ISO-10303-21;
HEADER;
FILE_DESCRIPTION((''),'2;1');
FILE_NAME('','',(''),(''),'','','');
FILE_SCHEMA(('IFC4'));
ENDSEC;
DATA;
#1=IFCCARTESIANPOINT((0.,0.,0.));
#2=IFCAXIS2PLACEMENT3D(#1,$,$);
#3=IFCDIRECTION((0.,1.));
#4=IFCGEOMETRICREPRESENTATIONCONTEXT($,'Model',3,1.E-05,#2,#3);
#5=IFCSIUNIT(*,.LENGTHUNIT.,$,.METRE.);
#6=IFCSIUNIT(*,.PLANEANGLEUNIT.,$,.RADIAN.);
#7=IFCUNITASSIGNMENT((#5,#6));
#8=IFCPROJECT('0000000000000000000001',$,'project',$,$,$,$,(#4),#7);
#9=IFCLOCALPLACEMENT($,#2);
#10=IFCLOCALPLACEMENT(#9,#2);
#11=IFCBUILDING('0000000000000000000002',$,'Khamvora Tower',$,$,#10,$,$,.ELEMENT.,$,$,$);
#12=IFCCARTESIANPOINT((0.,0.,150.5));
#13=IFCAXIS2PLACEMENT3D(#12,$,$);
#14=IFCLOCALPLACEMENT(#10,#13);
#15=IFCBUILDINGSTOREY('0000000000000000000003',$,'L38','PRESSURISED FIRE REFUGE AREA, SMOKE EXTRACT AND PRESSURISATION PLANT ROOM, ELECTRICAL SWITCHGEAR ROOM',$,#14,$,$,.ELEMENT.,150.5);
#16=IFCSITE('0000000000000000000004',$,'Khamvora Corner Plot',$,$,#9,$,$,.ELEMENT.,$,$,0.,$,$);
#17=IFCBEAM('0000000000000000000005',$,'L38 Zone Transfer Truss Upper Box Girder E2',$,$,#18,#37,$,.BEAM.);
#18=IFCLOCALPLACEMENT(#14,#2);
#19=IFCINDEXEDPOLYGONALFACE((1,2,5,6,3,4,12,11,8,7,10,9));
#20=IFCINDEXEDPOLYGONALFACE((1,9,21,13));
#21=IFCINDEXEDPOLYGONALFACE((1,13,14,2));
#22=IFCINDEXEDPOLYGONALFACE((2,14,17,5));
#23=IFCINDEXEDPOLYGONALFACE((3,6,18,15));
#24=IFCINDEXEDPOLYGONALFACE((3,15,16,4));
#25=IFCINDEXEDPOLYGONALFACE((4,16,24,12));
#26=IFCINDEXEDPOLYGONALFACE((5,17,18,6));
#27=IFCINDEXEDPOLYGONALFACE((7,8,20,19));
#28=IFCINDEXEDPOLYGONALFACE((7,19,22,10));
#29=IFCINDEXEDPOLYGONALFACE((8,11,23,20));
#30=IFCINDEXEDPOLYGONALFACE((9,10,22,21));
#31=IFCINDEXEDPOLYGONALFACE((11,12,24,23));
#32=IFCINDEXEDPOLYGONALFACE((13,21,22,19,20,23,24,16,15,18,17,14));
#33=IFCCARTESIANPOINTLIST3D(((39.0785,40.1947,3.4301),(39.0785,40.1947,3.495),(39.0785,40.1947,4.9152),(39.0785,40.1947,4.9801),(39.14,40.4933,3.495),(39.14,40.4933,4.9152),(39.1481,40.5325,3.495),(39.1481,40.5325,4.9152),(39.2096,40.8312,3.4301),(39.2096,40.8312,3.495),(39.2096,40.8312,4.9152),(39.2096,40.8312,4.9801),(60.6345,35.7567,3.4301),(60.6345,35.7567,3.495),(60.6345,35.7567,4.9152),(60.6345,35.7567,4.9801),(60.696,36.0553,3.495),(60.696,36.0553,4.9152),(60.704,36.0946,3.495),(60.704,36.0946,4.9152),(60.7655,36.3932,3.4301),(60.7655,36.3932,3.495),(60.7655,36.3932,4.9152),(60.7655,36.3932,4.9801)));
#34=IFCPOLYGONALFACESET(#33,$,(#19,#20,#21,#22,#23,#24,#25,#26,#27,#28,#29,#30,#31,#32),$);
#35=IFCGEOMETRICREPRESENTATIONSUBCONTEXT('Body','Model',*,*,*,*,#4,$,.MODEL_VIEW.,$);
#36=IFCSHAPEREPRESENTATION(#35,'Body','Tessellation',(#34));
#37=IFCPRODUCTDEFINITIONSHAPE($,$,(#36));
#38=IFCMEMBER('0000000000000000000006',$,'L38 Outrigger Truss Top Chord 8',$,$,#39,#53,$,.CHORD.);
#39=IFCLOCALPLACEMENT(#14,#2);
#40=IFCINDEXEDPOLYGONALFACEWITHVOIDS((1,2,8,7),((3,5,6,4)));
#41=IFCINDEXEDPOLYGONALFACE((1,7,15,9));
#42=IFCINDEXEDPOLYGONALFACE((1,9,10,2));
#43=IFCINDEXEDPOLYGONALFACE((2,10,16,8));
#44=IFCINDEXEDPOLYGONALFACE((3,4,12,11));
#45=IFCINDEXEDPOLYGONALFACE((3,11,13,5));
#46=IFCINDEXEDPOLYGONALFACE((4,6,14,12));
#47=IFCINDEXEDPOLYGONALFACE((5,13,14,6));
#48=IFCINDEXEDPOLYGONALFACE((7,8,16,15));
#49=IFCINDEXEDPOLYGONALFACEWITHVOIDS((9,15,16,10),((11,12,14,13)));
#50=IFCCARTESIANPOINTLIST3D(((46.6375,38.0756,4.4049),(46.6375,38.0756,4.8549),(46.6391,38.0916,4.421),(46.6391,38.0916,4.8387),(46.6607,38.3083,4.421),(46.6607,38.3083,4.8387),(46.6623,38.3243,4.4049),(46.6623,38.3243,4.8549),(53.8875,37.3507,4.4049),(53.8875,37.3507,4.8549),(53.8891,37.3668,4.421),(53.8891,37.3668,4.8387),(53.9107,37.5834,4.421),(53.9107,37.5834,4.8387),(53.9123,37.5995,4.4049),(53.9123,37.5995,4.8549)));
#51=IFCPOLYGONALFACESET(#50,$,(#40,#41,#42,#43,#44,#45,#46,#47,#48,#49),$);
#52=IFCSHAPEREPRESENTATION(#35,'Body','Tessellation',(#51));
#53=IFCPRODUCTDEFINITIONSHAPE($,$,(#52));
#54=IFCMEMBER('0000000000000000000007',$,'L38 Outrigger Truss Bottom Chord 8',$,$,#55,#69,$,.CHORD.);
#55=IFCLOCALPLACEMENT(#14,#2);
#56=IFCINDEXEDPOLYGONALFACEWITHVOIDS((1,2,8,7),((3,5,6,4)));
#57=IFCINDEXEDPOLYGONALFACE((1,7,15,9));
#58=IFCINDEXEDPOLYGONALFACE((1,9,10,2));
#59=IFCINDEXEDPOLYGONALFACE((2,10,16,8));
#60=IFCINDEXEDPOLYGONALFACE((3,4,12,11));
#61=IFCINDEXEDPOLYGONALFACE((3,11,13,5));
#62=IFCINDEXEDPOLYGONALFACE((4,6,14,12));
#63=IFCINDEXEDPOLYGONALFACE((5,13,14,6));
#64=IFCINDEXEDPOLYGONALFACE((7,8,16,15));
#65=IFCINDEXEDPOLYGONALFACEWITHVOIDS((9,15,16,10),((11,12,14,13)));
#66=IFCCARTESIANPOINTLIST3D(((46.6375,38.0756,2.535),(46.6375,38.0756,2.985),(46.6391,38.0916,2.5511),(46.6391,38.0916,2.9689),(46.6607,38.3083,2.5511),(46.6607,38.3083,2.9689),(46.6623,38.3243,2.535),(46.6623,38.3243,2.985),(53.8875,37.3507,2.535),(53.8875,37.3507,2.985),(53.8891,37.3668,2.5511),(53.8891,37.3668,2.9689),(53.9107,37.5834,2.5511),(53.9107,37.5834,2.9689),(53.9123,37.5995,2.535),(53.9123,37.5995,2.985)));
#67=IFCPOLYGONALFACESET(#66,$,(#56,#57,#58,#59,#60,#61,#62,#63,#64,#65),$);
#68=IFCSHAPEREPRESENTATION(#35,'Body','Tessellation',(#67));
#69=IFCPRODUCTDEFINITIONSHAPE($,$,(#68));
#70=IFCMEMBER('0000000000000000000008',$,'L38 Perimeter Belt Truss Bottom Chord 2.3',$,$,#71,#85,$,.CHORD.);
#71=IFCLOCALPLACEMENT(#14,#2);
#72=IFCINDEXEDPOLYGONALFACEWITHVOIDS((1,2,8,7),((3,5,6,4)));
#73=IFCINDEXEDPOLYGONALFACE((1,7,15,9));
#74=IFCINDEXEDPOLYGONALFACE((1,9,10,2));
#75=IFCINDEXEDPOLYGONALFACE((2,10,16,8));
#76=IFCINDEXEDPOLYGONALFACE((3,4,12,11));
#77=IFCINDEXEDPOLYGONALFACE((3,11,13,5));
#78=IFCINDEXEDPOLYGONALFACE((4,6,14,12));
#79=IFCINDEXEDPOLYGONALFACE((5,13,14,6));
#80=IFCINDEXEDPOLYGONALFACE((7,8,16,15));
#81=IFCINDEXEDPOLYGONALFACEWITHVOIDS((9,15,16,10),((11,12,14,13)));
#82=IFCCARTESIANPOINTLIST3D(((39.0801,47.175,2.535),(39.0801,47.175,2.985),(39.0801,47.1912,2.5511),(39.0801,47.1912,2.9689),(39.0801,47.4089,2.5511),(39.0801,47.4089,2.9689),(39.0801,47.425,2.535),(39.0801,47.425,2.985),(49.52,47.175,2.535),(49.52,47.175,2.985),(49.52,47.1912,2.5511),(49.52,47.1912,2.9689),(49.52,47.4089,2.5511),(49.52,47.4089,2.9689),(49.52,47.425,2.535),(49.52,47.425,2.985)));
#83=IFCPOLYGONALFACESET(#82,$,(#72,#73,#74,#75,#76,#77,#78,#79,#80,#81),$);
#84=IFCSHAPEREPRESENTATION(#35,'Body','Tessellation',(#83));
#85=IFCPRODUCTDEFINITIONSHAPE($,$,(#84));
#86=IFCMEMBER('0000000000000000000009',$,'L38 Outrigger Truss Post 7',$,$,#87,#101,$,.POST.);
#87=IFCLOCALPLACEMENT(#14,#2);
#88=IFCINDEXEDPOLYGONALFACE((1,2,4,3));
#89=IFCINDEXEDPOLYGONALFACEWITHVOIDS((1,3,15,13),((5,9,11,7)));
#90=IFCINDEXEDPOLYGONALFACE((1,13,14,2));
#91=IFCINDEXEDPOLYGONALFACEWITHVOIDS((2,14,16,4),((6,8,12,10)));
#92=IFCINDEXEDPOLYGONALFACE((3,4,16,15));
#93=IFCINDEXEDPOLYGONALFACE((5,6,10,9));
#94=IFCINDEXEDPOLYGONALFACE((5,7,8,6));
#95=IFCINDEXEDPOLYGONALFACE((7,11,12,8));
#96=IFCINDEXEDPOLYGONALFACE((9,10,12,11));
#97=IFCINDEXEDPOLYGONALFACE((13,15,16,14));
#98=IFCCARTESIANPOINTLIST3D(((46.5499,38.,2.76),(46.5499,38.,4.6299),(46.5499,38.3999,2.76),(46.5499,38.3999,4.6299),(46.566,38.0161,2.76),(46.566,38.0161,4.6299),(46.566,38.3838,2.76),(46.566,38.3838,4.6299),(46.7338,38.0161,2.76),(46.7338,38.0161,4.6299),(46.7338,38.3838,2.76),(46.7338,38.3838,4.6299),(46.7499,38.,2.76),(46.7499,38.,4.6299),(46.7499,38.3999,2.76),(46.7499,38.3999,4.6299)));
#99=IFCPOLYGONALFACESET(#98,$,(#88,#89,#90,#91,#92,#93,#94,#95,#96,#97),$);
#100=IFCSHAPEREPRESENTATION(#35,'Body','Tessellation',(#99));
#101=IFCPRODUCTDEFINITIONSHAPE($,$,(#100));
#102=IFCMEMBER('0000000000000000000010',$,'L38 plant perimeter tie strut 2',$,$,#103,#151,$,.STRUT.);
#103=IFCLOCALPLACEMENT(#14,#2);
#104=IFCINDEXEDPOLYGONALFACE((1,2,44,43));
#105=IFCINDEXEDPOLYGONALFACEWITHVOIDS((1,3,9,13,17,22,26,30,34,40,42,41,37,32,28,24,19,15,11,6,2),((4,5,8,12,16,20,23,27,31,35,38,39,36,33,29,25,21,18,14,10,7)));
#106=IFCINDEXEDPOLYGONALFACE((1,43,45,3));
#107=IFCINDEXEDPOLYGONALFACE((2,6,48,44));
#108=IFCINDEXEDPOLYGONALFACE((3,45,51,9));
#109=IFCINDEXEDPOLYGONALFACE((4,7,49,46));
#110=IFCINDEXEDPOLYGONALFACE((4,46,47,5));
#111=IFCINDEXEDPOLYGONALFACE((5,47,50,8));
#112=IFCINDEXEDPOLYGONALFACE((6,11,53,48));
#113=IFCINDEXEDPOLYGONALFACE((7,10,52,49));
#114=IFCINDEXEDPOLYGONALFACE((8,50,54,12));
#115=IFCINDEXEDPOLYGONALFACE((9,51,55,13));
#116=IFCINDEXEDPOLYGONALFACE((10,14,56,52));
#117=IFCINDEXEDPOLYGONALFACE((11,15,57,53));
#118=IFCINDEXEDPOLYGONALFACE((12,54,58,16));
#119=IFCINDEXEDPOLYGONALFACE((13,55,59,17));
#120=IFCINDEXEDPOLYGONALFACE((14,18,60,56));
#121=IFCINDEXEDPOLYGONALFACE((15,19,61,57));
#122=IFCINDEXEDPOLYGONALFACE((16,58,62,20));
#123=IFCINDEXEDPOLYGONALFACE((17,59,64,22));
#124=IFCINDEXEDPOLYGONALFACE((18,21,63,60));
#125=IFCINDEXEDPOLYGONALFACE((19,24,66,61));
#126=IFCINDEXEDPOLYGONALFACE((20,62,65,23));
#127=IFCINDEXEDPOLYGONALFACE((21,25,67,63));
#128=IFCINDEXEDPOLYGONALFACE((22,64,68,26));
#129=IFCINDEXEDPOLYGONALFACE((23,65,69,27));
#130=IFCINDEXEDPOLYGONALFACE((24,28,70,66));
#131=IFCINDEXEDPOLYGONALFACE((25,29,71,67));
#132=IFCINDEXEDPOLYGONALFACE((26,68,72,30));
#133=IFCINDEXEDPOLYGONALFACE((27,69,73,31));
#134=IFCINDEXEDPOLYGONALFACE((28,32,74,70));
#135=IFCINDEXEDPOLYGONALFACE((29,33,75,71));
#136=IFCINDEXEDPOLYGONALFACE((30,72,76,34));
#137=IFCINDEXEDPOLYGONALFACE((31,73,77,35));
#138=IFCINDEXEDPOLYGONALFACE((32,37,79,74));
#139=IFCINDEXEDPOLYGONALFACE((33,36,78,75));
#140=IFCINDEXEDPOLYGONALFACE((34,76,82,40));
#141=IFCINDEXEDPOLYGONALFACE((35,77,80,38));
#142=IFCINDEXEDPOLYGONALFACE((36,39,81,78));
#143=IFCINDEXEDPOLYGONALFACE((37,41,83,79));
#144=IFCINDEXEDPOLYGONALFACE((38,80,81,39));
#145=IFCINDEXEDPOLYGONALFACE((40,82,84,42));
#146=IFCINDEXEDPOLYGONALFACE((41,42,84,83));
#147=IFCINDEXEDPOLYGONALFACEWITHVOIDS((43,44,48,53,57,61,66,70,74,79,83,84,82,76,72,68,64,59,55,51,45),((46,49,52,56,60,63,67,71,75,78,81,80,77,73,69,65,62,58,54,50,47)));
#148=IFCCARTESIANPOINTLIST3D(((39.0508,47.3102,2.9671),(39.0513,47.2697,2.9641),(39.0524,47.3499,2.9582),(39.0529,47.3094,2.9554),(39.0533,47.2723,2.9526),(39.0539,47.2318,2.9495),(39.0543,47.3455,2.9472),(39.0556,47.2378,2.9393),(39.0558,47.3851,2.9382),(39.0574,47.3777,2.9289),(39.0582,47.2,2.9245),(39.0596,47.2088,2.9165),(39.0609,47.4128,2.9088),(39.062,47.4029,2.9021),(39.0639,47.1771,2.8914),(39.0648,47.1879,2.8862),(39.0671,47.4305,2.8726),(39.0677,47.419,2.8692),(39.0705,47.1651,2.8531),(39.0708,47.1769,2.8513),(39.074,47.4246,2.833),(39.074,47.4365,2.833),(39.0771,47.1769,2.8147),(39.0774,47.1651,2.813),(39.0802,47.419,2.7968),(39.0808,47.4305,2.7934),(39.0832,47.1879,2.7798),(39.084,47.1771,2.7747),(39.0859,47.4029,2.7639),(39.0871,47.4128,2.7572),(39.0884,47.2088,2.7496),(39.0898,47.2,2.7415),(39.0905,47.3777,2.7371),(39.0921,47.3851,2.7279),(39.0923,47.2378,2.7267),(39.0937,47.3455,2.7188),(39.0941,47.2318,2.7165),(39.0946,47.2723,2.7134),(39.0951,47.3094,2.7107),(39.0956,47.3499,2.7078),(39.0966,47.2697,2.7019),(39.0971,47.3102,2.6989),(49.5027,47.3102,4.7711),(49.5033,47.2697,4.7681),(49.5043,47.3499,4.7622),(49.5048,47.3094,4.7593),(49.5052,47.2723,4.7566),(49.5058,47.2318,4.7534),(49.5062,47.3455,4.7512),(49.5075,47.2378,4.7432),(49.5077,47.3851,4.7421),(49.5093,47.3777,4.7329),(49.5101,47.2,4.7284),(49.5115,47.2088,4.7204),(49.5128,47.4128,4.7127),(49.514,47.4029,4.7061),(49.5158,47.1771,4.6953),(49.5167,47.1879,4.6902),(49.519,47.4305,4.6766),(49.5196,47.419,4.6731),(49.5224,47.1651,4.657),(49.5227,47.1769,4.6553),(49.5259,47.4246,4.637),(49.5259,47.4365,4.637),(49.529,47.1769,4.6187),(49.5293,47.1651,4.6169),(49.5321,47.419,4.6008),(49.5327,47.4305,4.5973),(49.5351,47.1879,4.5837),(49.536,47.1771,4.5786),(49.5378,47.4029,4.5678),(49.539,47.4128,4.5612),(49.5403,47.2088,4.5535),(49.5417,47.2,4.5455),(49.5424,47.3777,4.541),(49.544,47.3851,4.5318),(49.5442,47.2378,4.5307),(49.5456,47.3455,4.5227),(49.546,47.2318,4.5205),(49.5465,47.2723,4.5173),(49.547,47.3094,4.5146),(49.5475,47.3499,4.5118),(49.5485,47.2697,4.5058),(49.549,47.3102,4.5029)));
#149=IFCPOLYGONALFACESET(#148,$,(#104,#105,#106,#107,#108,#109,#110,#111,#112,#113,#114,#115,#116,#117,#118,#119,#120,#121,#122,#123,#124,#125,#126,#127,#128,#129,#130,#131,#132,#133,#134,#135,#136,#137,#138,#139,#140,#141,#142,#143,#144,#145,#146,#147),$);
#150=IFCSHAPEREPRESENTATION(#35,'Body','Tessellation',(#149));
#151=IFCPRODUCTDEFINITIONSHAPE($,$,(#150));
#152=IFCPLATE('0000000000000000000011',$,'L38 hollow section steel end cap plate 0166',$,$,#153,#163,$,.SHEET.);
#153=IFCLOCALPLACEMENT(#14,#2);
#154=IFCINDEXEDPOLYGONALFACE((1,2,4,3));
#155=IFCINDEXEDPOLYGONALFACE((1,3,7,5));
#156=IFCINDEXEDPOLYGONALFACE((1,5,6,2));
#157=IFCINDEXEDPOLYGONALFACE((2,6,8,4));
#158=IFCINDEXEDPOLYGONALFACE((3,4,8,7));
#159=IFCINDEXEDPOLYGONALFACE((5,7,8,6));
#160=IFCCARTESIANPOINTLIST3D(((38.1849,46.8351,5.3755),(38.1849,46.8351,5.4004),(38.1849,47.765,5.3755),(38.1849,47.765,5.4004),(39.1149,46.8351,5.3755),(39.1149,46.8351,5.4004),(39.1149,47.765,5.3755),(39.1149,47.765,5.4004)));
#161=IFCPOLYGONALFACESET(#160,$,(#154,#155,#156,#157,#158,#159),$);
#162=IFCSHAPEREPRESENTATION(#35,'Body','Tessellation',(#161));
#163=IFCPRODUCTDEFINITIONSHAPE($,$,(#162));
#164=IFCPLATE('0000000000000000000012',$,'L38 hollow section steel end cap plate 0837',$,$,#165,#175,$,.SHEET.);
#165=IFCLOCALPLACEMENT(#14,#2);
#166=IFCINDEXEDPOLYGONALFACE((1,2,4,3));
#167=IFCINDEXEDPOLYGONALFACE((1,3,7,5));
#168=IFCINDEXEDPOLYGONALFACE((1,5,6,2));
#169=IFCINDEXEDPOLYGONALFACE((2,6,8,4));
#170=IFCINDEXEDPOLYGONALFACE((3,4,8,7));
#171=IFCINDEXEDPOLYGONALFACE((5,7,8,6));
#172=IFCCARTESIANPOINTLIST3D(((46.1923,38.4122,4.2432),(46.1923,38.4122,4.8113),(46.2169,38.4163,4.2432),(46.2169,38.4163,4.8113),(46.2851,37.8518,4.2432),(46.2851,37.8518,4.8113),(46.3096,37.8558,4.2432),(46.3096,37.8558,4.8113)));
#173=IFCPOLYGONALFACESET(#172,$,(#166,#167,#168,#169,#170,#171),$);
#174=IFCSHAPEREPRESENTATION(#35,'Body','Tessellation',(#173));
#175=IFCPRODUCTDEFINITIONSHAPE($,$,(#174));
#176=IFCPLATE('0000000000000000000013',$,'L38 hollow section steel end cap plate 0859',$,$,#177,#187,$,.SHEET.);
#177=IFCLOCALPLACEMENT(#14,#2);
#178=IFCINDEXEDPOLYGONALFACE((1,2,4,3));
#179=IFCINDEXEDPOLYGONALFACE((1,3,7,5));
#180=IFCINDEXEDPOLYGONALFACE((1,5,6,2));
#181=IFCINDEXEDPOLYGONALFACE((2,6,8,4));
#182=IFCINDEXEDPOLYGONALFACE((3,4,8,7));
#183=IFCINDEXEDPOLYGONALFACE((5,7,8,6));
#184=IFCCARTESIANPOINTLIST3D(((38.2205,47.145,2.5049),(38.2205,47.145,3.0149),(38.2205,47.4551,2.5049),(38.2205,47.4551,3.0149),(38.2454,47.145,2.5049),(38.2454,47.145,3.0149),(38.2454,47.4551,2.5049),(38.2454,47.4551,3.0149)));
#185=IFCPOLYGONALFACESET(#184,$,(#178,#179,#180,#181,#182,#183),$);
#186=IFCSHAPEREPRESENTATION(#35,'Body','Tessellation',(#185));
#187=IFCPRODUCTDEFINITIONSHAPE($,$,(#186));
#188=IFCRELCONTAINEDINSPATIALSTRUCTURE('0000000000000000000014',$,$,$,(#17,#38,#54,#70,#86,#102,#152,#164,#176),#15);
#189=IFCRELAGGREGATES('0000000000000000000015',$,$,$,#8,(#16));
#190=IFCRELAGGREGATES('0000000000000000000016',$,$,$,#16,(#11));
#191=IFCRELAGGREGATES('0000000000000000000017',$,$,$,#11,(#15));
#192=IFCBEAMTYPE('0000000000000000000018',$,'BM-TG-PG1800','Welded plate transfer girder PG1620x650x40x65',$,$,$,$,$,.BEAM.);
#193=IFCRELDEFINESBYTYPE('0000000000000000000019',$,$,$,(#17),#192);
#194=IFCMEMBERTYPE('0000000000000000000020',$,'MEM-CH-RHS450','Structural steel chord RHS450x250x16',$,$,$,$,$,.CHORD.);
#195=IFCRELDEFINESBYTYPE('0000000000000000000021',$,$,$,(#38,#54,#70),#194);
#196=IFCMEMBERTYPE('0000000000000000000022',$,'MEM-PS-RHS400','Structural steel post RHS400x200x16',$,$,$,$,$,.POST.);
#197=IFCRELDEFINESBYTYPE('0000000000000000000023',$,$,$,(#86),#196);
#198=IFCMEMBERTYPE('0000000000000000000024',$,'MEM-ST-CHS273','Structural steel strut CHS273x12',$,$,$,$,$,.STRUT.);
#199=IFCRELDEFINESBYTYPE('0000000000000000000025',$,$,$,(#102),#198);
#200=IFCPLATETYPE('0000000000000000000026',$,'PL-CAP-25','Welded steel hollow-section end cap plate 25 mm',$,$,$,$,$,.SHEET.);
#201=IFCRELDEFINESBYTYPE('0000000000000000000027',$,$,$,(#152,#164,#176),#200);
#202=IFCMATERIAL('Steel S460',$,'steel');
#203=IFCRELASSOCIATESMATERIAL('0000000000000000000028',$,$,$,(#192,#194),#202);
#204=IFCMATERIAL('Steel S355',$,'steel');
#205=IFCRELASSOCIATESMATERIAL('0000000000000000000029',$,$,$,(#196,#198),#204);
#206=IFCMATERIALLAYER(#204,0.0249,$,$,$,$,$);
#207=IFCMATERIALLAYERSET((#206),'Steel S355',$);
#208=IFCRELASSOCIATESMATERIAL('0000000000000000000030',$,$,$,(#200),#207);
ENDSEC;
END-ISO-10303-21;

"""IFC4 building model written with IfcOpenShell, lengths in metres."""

from ifc_helpers import new_model, si_unit, direction, frame, origin, origin_2d, place, context, subcontext, project, spatial, rectangle, hollow_rectangle, hollow_circle, i_section, extrude, material, layer, layer_set, material_profile, profile_set, type_object, element, save


model = new_model("IFC4")

# Units and contexts
model_context = context("Model", 3, precision=1e-05, world=origin(), true_north=direction((0.0, 1.0)))
body_context = subcontext(model_context, "Body", "Model", "MODEL_VIEW")
ifc_project = project(units=[si_unit("LENGTHUNIT", "METRE"), si_unit("PLANEANGLEUNIT", "RADIAN")], contexts=[model_context])

# Site, building, storey
site_placement = place(None, origin())
site = spatial("IfcSite", under=ifc_project, at=site_placement, Name="Khamvora Corner Plot", CompositionType="ELEMENT", RefElevation=0.0)
building_placement = place(site_placement, origin())
building = spatial("IfcBuilding", under=site, at=building_placement, Name="Khamvora Tower", CompositionType="ELEMENT")
storey_placement = place(building_placement, frame((0.0, 0.0, 150.5)))
storey = spatial("IfcBuildingStorey", under=building, at=storey_placement, Name="L38", Description="PRESSURISED FIRE REFUGE AREA, SMOKE EXTRACT AND PRESSURISATION PLANT ROOM, ELECTRICAL SWITCHGEAR ROOM", CompositionType="ELEMENT", Elevation=150.5)

# Shared definitions
ifc_material_1 = material(Name="Steel S355", Category="steel")

# Beam
ifc_material_2 = material(Name="Steel S460", Category="steel")
ifc_material_profile_1 = material_profile(ifc_material_2, i_section(OverallWidth=0.6499, OverallDepth=1.55, WebThickness=0.04, FlangeThickness=0.0649, at=origin_2d()), Name="PG1550x650x40x65")
ifc_profile_set_1 = profile_set([ifc_material_profile_1], Name="Steel S460")
beam_type_1 = type_object("IfcBeamType", Name="BM-TG-PG1800", Description="Welded plate transfer girder PG1620x650x40x65", PredefinedType="BEAM", material=ifc_profile_set_1)
beam_1_placement = place(storey_placement, frame((39.144, 40.5129, 4.2051), z_axis=(0.979457, -0.201653, 0.0), x_axis=(0.201653, 0.979457, 0.0)))
element("IfcBeam", 1, at=beam_1_placement, inside=storey, type_object=beam_type_1, Name="L38 Zone Transfer Truss Upper Box Girder E2", PredefinedType="BEAM", context=body_context, shape_type="SweptSolid", body=[
    extrude(i_section(OverallWidth=0.6499, OverallDepth=1.55, WebThickness=0.04, FlangeThickness=0.0649, at=origin_2d()), origin(), (0.0, 0.0, 1.0), 22.0081),
])

# Members
ifc_material_profile_2 = material_profile(ifc_material_2, hollow_rectangle(XDim=0.25, YDim=0.45, WallThickness=0.0161, at=origin_2d()), Name="RHS450x250x16")
ifc_profile_set_2 = profile_set([ifc_material_profile_2], Name="Steel S460")
member_type_1 = type_object("IfcMemberType", Name="MEM-CH-RHS450", Description="Structural steel chord RHS450x250x16", PredefinedType="CHORD", material=ifc_profile_set_2)
for number, where, z_axis, x_axis, name in (
    (2, (46.6499, 38.2, 4.6299), (0.995039, -0.099484, 0.0), (0.099484, 0.995039, 0.0), "L38 Outrigger Truss Top Chord 8"),
    (3, (46.6499, 38.2, 2.76), (0.995039, -0.099484, 0.0), (0.099484, 0.995039, 0.0), "L38 Outrigger Truss Bottom Chord 8"),
):
    element("IfcMember", number, at=place(storey_placement, frame(where, z_axis=z_axis, x_axis=x_axis)), inside=storey, type_object=member_type_1, Name=name, PredefinedType="CHORD", context=body_context, shape_type="SweptSolid", body=[
        extrude(hollow_rectangle(XDim=0.25, YDim=0.45, WallThickness=0.0161, at=origin_2d()), origin(), (0.0, 0.0, 1.0), 7.2861),
    ])
member_1_placement = place(storey_placement, frame((39.0801, 47.3, 2.76), z_axis=(1.0, 0.0, 0.0), x_axis=(0.0, 1.0, 0.0)))
element("IfcMember", 4, at=member_1_placement, inside=storey, type_object=member_type_1, Name="L38 Perimeter Belt Truss Bottom Chord 2.3", PredefinedType="CHORD", context=body_context, shape_type="SweptSolid", body=[
    extrude(hollow_rectangle(XDim=0.25, YDim=0.45, WallThickness=0.0161, at=origin_2d()), origin(), (0.0, 0.0, 1.0), 10.4399),
])
ifc_material_profile_3 = material_profile(ifc_material_1, hollow_rectangle(XDim=0.2, YDim=0.3999, WallThickness=0.0161, at=origin_2d()), Name="RHS400x200x16")
ifc_profile_set_3 = profile_set([ifc_material_profile_3], Name="Steel S355")
member_type_2 = type_object("IfcMemberType", Name="MEM-PS-RHS400", Description="Structural steel post RHS400x200x16", PredefinedType="POST", material=ifc_profile_set_3)
member_2_placement = place(storey_placement, frame((46.6499, 38.2, 2.76), z_axis=(0.0, 0.0, 1.0), x_axis=(1.0, 0.0, 0.0)))
element("IfcMember", 5, at=member_2_placement, inside=storey, type_object=member_type_2, Name="L38 Outrigger Truss Post 7", PredefinedType="POST", context=body_context, shape_type="SweptSolid", body=[
    extrude(hollow_rectangle(XDim=0.2, YDim=0.3999, WallThickness=0.0161, at=origin_2d()), origin(), (0.0, 0.0, 1.0), 1.8699),
])
ifc_material_profile_4 = material_profile(ifc_material_1, hollow_circle(Radius=0.1365, WallThickness=0.012, at=origin_2d()), Name="CHS273x12")
ifc_profile_set_4 = profile_set([ifc_material_profile_4], Name="Steel S355")
member_type_3 = type_object("IfcMemberType", Name="MEM-ST-CHS273", Description="Structural steel strut CHS273x12", PredefinedType="STRUT", material=ifc_profile_set_4)
member_3_placement = place(storey_placement, frame((39.074, 47.3, 2.833), z_axis=(0.98543, 0.0, 0.170081), x_axis=(0.0, 1.0, 0.0)))
element("IfcMember", 6, at=member_3_placement, inside=storey, type_object=member_type_3, Name="L38 plant perimeter tie strut 2", PredefinedType="STRUT", context=body_context, shape_type="SweptSolid", body=[
    extrude(hollow_circle(Radius=0.1365, WallThickness=0.012, at=origin_2d()), origin(), (0.0, 0.0, 1.0), 10.6064),
])

# Plates
ifc_layer_1 = layer(ifc_material_1, 0.0249)
ifc_layer_set_1 = layer_set([ifc_layer_1], Name="Steel S355")
plate_type_1 = type_object("IfcPlateType", Name="PL-CAP-25", Description="Welded steel hollow-section end cap plate 25 mm", PredefinedType="SHEET", material=ifc_layer_set_1)
plate_1_placement = place(storey_placement, frame((38.6499, 47.3, 5.3755), z_axis=(0.0, 0.0, 1.0), x_axis=(1.0, 0.0, 0.0)))
element("IfcPlate", 7, at=plate_1_placement, inside=storey, type_object=plate_type_1, Name="L38 hollow section steel end cap plate 0166", PredefinedType="SHEET", context=body_context, shape_type="SweptSolid", body=[
    extrude(rectangle(XDim=0.9299, YDim=0.9299, at=origin_2d()), origin(), (0.0, 0.0, 1.0), 0.0249),
])
plate_2_placement = place(storey_placement, frame((46.251, 38.134, 4.2432), z_axis=(0.0, 0.0, 1.0), x_axis=(0.986581, 0.163274, 0.0)))
element("IfcPlate", 8, at=plate_2_placement, inside=storey, type_object=plate_type_1, Name="L38 hollow section steel end cap plate 0837", PredefinedType="SHEET", context=body_context, shape_type="SweptSolid", body=[
    extrude(rectangle(XDim=0.0249, YDim=0.5681, at=origin_2d()), origin(), (0.0, 0.0, 1.0), 0.5681),
])
plate_3_placement = place(storey_placement, frame((38.2329, 47.3, 2.5049), z_axis=(0.0, 0.0, 1.0), x_axis=(1.0, 0.0, 0.0)))
element("IfcPlate", 9, at=plate_3_placement, inside=storey, type_object=plate_type_1, Name="L38 hollow section steel end cap plate 0859", PredefinedType="SHEET", context=body_context, shape_type="SweptSolid", body=[
    extrude(rectangle(XDim=0.0249, YDim=0.3101, at=origin_2d()), origin(), (0.0, 0.0, 1.0), 0.51),
])

save(model, "model.ifc")
